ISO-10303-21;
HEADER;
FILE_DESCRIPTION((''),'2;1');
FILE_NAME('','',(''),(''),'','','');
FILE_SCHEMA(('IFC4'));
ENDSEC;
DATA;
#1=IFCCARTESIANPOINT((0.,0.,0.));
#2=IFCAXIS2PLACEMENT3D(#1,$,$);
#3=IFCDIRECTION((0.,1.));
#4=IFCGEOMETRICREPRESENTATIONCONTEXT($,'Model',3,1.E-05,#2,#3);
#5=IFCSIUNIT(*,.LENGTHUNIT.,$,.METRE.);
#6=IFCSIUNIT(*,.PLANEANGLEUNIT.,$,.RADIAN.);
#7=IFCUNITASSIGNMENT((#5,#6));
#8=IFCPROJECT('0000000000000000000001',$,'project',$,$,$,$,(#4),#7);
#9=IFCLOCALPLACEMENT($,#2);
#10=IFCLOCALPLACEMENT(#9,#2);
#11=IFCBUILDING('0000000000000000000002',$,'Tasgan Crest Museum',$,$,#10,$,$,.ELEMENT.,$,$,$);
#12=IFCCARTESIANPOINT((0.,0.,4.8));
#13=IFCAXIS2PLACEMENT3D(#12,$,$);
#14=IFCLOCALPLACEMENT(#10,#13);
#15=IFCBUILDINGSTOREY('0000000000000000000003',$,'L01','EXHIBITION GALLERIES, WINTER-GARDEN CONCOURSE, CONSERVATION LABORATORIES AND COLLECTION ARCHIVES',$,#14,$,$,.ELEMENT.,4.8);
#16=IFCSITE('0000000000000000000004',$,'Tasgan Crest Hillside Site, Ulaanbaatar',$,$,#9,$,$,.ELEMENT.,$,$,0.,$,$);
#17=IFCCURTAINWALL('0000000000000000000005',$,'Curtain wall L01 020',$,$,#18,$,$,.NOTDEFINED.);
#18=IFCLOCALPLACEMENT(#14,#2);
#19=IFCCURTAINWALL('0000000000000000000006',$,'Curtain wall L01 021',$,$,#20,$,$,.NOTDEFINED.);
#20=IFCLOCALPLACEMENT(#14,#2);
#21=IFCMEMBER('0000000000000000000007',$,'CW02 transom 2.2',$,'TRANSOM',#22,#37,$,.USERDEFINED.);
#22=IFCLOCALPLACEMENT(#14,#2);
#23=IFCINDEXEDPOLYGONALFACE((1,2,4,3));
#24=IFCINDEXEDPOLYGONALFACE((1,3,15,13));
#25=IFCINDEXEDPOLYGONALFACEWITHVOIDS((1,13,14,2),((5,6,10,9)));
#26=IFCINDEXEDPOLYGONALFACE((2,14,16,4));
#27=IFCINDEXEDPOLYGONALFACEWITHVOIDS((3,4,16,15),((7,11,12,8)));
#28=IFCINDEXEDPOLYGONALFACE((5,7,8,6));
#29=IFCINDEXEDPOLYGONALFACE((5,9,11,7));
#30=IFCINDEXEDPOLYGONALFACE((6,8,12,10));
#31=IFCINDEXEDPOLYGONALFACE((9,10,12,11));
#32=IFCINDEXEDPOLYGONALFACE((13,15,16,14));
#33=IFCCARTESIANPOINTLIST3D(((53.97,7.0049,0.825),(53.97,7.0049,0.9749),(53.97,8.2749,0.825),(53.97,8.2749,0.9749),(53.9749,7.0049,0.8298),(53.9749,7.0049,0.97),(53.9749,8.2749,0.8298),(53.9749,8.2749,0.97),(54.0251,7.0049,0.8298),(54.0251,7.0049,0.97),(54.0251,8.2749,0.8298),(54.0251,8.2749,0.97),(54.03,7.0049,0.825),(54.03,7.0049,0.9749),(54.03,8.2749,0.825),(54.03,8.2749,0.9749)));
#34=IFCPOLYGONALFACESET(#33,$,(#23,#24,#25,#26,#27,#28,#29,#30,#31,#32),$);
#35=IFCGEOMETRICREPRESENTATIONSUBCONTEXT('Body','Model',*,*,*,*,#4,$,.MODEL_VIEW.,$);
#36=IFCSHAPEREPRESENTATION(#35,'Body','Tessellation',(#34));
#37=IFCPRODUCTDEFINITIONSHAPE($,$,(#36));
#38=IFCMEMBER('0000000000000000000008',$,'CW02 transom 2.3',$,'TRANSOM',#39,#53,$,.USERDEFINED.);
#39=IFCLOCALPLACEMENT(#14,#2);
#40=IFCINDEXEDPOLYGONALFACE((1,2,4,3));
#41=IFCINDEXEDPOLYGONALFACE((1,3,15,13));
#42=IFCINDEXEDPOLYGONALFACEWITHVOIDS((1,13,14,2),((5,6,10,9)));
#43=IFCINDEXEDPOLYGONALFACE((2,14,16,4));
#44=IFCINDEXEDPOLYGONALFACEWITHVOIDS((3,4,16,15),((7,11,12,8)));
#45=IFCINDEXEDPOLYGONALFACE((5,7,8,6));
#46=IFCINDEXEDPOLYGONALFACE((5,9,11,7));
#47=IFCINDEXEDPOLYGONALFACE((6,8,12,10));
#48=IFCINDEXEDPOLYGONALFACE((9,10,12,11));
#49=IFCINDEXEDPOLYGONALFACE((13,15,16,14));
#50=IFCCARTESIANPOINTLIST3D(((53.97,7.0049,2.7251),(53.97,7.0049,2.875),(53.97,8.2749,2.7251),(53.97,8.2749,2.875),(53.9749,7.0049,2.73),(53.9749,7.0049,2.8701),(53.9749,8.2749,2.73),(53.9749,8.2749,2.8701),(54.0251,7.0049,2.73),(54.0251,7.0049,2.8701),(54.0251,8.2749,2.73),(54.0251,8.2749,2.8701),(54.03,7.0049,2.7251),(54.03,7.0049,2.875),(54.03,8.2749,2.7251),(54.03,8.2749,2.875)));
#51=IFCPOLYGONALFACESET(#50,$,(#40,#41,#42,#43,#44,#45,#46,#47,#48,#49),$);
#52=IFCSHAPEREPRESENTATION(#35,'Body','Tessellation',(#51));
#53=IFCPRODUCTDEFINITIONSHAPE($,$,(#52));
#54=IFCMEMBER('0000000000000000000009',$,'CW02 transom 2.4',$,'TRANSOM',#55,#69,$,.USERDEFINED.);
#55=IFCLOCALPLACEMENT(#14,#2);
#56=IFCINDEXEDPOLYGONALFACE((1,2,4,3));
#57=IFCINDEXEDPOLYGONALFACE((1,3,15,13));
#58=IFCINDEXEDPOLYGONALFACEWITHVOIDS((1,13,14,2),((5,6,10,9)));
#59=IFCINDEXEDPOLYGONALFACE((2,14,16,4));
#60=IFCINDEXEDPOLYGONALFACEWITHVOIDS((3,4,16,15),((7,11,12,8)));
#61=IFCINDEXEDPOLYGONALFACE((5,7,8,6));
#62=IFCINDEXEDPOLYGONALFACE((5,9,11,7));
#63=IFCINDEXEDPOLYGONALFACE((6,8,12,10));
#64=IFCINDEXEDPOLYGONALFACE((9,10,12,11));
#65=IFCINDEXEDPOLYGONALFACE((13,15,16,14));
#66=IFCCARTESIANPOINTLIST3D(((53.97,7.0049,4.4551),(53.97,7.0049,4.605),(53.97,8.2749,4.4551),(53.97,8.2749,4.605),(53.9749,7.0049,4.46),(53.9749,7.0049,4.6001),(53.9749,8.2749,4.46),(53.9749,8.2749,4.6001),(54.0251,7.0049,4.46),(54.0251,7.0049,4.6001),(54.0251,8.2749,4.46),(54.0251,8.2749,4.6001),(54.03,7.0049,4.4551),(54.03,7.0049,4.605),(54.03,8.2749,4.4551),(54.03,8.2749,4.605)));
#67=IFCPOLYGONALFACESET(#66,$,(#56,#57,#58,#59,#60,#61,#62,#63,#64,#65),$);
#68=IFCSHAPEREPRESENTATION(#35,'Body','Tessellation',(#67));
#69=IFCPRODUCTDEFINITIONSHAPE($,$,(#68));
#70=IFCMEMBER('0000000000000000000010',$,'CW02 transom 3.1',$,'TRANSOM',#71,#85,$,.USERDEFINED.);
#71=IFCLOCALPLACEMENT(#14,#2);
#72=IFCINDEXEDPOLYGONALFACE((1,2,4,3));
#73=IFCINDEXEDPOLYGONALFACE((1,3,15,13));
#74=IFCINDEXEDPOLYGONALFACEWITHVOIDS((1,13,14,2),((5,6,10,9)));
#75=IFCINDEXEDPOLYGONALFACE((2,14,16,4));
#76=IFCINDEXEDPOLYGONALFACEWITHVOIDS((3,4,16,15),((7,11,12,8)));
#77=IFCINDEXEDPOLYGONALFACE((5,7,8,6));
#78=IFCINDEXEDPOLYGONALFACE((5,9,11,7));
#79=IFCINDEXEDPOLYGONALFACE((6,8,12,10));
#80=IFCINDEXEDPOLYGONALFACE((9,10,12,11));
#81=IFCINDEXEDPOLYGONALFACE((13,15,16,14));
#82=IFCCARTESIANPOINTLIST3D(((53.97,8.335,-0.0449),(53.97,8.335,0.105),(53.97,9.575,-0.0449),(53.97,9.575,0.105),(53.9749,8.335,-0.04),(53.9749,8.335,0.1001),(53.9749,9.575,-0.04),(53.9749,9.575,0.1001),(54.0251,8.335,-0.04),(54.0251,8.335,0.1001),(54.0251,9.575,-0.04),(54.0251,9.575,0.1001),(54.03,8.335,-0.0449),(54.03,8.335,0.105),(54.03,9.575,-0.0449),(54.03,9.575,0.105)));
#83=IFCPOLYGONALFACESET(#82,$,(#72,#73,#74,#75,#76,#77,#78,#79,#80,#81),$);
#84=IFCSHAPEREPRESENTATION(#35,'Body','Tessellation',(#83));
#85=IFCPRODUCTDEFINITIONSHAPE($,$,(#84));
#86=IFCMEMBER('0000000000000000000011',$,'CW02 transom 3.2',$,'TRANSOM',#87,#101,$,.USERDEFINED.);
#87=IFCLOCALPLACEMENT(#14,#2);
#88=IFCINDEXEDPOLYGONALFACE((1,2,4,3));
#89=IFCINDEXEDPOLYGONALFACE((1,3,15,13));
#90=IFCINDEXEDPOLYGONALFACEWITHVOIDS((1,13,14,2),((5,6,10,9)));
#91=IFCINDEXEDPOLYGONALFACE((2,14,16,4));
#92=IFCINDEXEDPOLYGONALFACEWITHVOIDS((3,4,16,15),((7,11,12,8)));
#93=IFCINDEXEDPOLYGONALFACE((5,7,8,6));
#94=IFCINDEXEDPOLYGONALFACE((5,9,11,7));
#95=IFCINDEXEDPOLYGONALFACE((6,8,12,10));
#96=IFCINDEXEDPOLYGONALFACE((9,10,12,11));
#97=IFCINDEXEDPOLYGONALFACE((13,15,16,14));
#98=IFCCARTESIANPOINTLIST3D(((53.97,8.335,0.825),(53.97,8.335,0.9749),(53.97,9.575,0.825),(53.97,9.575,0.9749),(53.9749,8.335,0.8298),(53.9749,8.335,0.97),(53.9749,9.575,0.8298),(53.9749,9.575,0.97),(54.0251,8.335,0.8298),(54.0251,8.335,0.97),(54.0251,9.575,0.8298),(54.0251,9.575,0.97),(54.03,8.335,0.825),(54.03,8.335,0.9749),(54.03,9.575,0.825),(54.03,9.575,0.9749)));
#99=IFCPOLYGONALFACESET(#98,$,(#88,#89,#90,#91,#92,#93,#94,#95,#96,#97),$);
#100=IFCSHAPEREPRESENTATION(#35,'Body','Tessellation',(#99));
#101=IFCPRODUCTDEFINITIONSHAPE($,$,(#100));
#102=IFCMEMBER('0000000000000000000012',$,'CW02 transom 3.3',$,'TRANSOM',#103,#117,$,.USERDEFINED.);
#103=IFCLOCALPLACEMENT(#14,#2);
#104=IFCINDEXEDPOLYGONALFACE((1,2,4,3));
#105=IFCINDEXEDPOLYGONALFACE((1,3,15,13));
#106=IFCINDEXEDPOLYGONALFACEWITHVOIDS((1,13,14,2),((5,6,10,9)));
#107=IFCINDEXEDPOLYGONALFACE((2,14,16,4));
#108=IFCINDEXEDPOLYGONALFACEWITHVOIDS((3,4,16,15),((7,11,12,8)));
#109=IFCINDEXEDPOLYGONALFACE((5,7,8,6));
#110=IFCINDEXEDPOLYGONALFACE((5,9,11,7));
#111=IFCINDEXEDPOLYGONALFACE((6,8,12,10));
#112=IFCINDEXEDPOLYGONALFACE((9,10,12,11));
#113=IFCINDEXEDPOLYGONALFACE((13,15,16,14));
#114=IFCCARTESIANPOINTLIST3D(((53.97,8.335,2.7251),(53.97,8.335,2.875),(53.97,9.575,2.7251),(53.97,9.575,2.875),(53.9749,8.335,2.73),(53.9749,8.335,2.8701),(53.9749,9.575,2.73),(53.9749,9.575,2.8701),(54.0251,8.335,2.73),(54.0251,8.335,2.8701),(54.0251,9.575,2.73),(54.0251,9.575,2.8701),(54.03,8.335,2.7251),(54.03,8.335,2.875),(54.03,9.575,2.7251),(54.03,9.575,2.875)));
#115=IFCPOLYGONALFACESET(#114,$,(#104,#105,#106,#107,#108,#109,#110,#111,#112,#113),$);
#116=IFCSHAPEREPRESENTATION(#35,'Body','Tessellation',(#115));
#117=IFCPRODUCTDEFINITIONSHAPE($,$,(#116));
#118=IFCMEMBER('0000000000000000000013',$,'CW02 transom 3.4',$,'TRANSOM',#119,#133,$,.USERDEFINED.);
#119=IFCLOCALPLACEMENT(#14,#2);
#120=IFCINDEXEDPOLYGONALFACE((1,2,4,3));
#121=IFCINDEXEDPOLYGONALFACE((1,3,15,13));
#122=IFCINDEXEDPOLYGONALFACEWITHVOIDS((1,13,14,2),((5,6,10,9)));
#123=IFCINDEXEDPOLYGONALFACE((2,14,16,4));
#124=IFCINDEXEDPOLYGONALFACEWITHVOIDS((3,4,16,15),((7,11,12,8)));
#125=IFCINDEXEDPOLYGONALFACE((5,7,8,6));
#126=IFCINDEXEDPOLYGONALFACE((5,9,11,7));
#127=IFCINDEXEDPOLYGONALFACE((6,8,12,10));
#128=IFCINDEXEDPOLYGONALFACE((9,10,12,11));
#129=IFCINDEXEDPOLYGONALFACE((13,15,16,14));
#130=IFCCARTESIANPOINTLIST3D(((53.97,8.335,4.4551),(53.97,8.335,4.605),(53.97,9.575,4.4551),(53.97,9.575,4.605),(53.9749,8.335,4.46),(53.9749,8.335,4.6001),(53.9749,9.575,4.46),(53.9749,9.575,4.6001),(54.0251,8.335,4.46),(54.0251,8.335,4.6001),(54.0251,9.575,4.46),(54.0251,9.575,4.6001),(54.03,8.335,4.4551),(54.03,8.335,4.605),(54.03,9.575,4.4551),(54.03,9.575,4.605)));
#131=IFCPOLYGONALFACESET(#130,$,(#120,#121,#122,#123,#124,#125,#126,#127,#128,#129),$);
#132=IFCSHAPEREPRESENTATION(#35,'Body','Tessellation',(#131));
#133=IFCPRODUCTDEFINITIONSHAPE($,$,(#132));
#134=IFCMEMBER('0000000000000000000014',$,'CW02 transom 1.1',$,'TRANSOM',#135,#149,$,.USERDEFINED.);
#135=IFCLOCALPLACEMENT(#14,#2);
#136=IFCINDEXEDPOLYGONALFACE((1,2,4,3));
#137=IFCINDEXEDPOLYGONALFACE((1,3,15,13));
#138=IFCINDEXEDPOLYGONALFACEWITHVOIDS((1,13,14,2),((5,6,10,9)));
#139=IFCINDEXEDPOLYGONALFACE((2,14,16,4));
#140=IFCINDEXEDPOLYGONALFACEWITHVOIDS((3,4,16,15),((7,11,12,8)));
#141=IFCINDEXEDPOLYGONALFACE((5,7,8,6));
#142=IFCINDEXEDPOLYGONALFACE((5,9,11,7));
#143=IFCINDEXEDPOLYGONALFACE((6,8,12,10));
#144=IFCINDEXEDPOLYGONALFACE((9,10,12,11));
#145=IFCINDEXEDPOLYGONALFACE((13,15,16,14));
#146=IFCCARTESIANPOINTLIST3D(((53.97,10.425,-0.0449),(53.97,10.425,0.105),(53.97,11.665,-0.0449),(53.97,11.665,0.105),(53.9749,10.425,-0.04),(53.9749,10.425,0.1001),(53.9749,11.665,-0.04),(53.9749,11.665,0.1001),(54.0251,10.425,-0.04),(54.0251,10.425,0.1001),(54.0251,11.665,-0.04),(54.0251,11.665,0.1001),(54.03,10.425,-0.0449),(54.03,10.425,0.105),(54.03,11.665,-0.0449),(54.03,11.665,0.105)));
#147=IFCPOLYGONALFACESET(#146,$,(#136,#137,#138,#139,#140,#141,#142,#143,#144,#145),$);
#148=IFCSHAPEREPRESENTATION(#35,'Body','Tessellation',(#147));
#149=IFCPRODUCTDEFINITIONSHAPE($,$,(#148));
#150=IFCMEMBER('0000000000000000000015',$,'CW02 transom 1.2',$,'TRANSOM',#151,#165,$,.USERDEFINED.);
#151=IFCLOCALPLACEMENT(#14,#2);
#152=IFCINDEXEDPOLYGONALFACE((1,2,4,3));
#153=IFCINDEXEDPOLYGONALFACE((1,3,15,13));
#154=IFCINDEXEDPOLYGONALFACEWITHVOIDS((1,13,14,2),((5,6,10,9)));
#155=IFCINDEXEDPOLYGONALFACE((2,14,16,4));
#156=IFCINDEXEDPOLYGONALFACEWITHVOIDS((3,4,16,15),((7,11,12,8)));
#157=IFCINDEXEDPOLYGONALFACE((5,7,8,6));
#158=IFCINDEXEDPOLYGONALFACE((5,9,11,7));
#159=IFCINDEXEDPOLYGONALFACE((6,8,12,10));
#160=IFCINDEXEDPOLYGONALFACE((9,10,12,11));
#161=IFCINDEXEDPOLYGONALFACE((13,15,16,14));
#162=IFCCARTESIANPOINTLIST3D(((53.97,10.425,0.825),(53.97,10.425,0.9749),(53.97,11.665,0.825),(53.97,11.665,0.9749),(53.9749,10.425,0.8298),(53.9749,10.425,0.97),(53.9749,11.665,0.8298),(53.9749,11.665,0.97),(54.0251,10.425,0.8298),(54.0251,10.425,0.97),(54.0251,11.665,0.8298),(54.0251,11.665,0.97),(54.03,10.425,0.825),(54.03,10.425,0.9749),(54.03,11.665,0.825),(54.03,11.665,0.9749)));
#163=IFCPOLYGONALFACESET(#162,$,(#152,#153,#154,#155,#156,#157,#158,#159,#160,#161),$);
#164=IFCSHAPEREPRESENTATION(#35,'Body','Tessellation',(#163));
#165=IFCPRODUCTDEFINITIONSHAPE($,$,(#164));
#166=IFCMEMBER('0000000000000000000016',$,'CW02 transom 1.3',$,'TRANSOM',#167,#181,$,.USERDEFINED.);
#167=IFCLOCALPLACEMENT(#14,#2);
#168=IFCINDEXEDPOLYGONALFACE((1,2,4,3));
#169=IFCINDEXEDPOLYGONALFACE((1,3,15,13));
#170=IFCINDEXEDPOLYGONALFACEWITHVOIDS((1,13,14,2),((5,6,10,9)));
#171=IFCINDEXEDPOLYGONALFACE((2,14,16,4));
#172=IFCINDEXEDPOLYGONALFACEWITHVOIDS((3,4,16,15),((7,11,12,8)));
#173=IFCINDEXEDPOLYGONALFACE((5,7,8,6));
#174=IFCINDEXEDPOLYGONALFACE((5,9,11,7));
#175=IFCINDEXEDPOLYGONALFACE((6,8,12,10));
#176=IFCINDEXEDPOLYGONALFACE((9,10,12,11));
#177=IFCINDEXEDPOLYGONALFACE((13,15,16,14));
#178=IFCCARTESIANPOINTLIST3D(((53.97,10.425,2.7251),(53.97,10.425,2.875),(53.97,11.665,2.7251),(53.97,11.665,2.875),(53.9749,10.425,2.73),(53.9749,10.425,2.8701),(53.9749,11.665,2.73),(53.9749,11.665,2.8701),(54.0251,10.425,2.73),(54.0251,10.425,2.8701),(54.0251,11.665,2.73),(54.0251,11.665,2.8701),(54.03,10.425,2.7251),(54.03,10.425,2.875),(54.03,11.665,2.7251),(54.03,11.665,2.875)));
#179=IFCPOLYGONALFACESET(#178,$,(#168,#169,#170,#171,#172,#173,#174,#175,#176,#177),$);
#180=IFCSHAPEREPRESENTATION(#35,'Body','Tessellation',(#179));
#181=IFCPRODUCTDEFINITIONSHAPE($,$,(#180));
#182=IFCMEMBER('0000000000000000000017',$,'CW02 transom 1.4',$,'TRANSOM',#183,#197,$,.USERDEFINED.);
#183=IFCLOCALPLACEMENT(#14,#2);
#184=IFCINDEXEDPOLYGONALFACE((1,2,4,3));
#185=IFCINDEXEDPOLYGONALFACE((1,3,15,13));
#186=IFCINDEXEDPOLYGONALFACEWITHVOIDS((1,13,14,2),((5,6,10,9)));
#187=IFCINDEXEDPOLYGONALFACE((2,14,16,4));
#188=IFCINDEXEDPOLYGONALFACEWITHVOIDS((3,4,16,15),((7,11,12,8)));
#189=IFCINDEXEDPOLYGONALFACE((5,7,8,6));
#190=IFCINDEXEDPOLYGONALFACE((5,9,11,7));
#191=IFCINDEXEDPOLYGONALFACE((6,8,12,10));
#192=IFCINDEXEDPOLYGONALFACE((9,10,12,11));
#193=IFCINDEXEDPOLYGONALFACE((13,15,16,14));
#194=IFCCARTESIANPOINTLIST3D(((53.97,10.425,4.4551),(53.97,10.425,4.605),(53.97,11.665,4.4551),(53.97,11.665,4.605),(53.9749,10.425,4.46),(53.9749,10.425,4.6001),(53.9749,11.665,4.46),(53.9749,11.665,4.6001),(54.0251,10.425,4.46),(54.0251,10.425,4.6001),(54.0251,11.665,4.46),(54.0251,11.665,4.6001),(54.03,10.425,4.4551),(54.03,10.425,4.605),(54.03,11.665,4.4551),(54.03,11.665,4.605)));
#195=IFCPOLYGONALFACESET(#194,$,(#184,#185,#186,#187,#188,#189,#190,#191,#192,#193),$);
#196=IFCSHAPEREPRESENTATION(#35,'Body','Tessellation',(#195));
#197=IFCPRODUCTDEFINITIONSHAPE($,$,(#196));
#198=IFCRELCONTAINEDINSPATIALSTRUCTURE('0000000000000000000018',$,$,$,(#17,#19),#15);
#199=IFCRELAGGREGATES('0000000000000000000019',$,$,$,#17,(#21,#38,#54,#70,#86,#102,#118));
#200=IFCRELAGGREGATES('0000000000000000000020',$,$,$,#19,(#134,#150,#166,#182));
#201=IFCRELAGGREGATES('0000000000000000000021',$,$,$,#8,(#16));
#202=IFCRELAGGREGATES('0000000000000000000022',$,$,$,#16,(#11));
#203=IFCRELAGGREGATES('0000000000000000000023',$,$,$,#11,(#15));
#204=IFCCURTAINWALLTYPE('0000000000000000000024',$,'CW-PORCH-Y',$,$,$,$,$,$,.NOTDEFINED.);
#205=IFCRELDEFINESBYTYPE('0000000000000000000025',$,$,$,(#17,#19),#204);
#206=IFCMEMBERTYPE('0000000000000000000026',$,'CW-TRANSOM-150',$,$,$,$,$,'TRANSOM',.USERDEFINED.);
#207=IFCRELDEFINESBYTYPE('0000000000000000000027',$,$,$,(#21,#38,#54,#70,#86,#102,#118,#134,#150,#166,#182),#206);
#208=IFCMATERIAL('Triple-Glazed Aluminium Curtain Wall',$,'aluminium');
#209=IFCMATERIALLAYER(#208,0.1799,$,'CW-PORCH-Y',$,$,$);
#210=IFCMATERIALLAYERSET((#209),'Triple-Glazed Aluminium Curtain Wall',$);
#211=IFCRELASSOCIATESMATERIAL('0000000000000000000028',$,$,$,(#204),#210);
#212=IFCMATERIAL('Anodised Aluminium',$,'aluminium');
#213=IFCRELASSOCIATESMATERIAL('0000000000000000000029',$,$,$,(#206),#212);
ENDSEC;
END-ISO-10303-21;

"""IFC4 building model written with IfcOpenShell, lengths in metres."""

from ifc_helpers import new_model, si_unit, direction, frame, origin, origin_2d, place, context, subcontext, project, spatial, hollow_rectangle, extrude, material, layer, layer_set, material_profile, profile_set, type_object, element, aggregate, save


model = new_model("IFC4")

# Units and contexts
model_context = context("Model", 3, precision=1e-05, world=origin(), true_north=direction((0.0, 1.0)))
body_context = subcontext(model_context, "Body", "Model", "MODEL_VIEW")
ifc_project = project(units=[si_unit("LENGTHUNIT", "METRE"), si_unit("PLANEANGLEUNIT", "RADIAN")], contexts=[model_context])

# Site, building, storey
site_placement = place(None, origin())
site = spatial("IfcSite", under=ifc_project, at=site_placement, Name="Tasgan Crest Hillside Site, Ulaanbaatar", CompositionType="ELEMENT", RefElevation=0.0)
building_placement = place(site_placement, origin())
building = spatial("IfcBuilding", under=site, at=building_placement, Name="Tasgan Crest Museum", CompositionType="ELEMENT")
storey_placement = place(building_placement, frame((0.0, 0.0, 4.8)))
storey = spatial("IfcBuildingStorey", under=building, at=storey_placement, Name="L01", Description="EXHIBITION GALLERIES, WINTER-GARDEN CONCOURSE, CONSERVATION LABORATORIES AND COLLECTION ARCHIVES", CompositionType="ELEMENT", Elevation=4.8)

# Curtain walls
ifc_material_1 = material(Name="Triple-Glazed Aluminium Curtain Wall", Category="aluminium")
ifc_layer_1 = layer(ifc_material_1, 0.1799, Name="CW-PORCH-Y")
ifc_layer_set_1 = layer_set([ifc_layer_1], Name="Triple-Glazed Aluminium Curtain Wall")
curtain_wall_type = type_object("IfcCurtainWallType", Name="CW-PORCH-Y", PredefinedType="NOTDEFINED", material=ifc_layer_set_1)
curtain_wall_1_placement = place(storey_placement, origin())
curtain_wall_1 = element("IfcCurtainWall", 1, at=curtain_wall_1_placement, inside=storey, type_object=curtain_wall_type, Name="Curtain wall L01 020", PredefinedType="NOTDEFINED")
curtain_wall_2_placement = place(storey_placement, origin())
curtain_wall_2 = element("IfcCurtainWall", 2, at=curtain_wall_2_placement, inside=storey, type_object=curtain_wall_type, Name="Curtain wall L01 021", PredefinedType="NOTDEFINED")

# Members
ifc_material_2 = material(Name="Anodised Aluminium", Category="aluminium")
ifc_material_profile_1 = material_profile(ifc_material_2, hollow_rectangle(XDim=0.0601, YDim=0.1499, WallThickness=0.0049, at=origin_2d()), Name="ALU TRANSOM 150x60x5")
ifc_profile_set_1 = profile_set([ifc_material_profile_1], Name="Anodised Aluminium")
member_type_1 = type_object("IfcMemberType", Name="CW-TRANSOM-150", ElementType="TRANSOM", PredefinedType="USERDEFINED", material=ifc_profile_set_1)
member_1_placement = place(storey_placement, frame((54.0, 7.0049, 0.8999), z_axis=(0.0, 1.0, 0.0), x_axis=(-1.0, 0.0, 0.0)))
member_1 = element("IfcMember", 3, at=member_1_placement, type_object=member_type_1, Name="CW02 transom 2.2", ObjectType="TRANSOM", PredefinedType="USERDEFINED", context=body_context, shape_type="SweptSolid", body=[
    extrude(hollow_rectangle(XDim=0.0601, YDim=0.1499, WallThickness=0.0049, at=origin_2d()), origin(), (0.0, 0.0, 1.0), 1.27),
])
member_2_placement = place(storey_placement, frame((54.0, 7.0049, 2.8), z_axis=(0.0, 1.0, 0.0), x_axis=(-1.0, 0.0, 0.0)))
member_2 = element("IfcMember", 4, at=member_2_placement, type_object=member_type_1, Name="CW02 transom 2.3", ObjectType="TRANSOM", PredefinedType="USERDEFINED", context=body_context, shape_type="SweptSolid", body=[
    extrude(hollow_rectangle(XDim=0.0601, YDim=0.1499, WallThickness=0.0049, at=origin_2d()), origin(), (0.0, 0.0, 1.0), 1.27),
])
member_3_placement = place(storey_placement, frame((54.0, 7.0049, 4.53), z_axis=(0.0, 1.0, 0.0), x_axis=(-1.0, 0.0, 0.0)))
member_3 = element("IfcMember", 5, at=member_3_placement, type_object=member_type_1, Name="CW02 transom 2.4", ObjectType="TRANSOM", PredefinedType="USERDEFINED", context=body_context, shape_type="SweptSolid", body=[
    extrude(hollow_rectangle(XDim=0.0601, YDim=0.1499, WallThickness=0.0049, at=origin_2d()), origin(), (0.0, 0.0, 1.0), 1.27),
])
member_4_placement = place(storey_placement, frame((54.0, 8.335, 0.03), z_axis=(0.0, 1.0, 0.0), x_axis=(-1.0, 0.0, 0.0)))
member_4 = element("IfcMember", 6, at=member_4_placement, type_object=member_type_1, Name="CW02 transom 3.1", ObjectType="TRANSOM", PredefinedType="USERDEFINED", context=body_context, shape_type="SweptSolid", body=[
    extrude(hollow_rectangle(XDim=0.0601, YDim=0.1499, WallThickness=0.0049, at=origin_2d()), origin(), (0.0, 0.0, 1.0), 1.24),
])
member_5_placement = place(storey_placement, frame((54.0, 8.335, 0.8999), z_axis=(0.0, 1.0, 0.0), x_axis=(-1.0, 0.0, 0.0)))
member_5 = element("IfcMember", 7, at=member_5_placement, type_object=member_type_1, Name="CW02 transom 3.2", ObjectType="TRANSOM", PredefinedType="USERDEFINED", context=body_context, shape_type="SweptSolid", body=[
    extrude(hollow_rectangle(XDim=0.0601, YDim=0.1499, WallThickness=0.0049, at=origin_2d()), origin(), (0.0, 0.0, 1.0), 1.24),
])
member_6_placement = place(storey_placement, frame((54.0, 8.335, 2.8), z_axis=(0.0, 1.0, 0.0), x_axis=(-1.0, 0.0, 0.0)))
member_6 = element("IfcMember", 8, at=member_6_placement, type_object=member_type_1, Name="CW02 transom 3.3", ObjectType="TRANSOM", PredefinedType="USERDEFINED", context=body_context, shape_type="SweptSolid", body=[
    extrude(hollow_rectangle(XDim=0.0601, YDim=0.1499, WallThickness=0.0049, at=origin_2d()), origin(), (0.0, 0.0, 1.0), 1.24),
])
member_7_placement = place(storey_placement, frame((54.0, 8.335, 4.53), z_axis=(0.0, 1.0, 0.0), x_axis=(-1.0, 0.0, 0.0)))
member_7 = element("IfcMember", 9, at=member_7_placement, type_object=member_type_1, Name="CW02 transom 3.4", ObjectType="TRANSOM", PredefinedType="USERDEFINED", context=body_context, shape_type="SweptSolid", body=[
    extrude(hollow_rectangle(XDim=0.0601, YDim=0.1499, WallThickness=0.0049, at=origin_2d()), origin(), (0.0, 0.0, 1.0), 1.24),
])
member_8_placement = place(storey_placement, frame((54.0, 10.425, 0.03), z_axis=(0.0, 1.0, 0.0), x_axis=(-1.0, 0.0, 0.0)))
member_8 = element("IfcMember", 10, at=member_8_placement, type_object=member_type_1, Name="CW02 transom 1.1", ObjectType="TRANSOM", PredefinedType="USERDEFINED", context=body_context, shape_type="SweptSolid", body=[
    extrude(hollow_rectangle(XDim=0.0601, YDim=0.1499, WallThickness=0.0049, at=origin_2d()), origin(), (0.0, 0.0, 1.0), 1.24),
])
member_9_placement = place(storey_placement, frame((54.0, 10.425, 0.8999), z_axis=(0.0, 1.0, 0.0), x_axis=(-1.0, 0.0, 0.0)))
member_9 = element("IfcMember", 11, at=member_9_placement, type_object=member_type_1, Name="CW02 transom 1.2", ObjectType="TRANSOM", PredefinedType="USERDEFINED", context=body_context, shape_type="SweptSolid", body=[
    extrude(hollow_rectangle(XDim=0.0601, YDim=0.1499, WallThickness=0.0049, at=origin_2d()), origin(), (0.0, 0.0, 1.0), 1.24),
])
member_10_placement = place(storey_placement, frame((54.0, 10.425, 2.8), z_axis=(0.0, 1.0, 0.0), x_axis=(-1.0, 0.0, 0.0)))
member_10 = element("IfcMember", 12, at=member_10_placement, type_object=member_type_1, Name="CW02 transom 1.3", ObjectType="TRANSOM", PredefinedType="USERDEFINED", context=body_context, shape_type="SweptSolid", body=[
    extrude(hollow_rectangle(XDim=0.0601, YDim=0.1499, WallThickness=0.0049, at=origin_2d()), origin(), (0.0, 0.0, 1.0), 1.24),
])
member_11_placement = place(storey_placement, frame((54.0, 10.425, 4.53), z_axis=(0.0, 1.0, 0.0), x_axis=(-1.0, 0.0, 0.0)))
member_11 = element("IfcMember", 13, at=member_11_placement, type_object=member_type_1, Name="CW02 transom 1.4", ObjectType="TRANSOM", PredefinedType="USERDEFINED", context=body_context, shape_type="SweptSolid", body=[
    extrude(hollow_rectangle(XDim=0.0601, YDim=0.1499, WallThickness=0.0049, at=origin_2d()), origin(), (0.0, 0.0, 1.0), 1.24),
])

aggregate(curtain_wall_1, [member_1, member_2, member_3, member_4, member_5, member_6, member_7])
aggregate(curtain_wall_2, [member_8, member_9, member_10, member_11])

save(model, "model.ifc")
